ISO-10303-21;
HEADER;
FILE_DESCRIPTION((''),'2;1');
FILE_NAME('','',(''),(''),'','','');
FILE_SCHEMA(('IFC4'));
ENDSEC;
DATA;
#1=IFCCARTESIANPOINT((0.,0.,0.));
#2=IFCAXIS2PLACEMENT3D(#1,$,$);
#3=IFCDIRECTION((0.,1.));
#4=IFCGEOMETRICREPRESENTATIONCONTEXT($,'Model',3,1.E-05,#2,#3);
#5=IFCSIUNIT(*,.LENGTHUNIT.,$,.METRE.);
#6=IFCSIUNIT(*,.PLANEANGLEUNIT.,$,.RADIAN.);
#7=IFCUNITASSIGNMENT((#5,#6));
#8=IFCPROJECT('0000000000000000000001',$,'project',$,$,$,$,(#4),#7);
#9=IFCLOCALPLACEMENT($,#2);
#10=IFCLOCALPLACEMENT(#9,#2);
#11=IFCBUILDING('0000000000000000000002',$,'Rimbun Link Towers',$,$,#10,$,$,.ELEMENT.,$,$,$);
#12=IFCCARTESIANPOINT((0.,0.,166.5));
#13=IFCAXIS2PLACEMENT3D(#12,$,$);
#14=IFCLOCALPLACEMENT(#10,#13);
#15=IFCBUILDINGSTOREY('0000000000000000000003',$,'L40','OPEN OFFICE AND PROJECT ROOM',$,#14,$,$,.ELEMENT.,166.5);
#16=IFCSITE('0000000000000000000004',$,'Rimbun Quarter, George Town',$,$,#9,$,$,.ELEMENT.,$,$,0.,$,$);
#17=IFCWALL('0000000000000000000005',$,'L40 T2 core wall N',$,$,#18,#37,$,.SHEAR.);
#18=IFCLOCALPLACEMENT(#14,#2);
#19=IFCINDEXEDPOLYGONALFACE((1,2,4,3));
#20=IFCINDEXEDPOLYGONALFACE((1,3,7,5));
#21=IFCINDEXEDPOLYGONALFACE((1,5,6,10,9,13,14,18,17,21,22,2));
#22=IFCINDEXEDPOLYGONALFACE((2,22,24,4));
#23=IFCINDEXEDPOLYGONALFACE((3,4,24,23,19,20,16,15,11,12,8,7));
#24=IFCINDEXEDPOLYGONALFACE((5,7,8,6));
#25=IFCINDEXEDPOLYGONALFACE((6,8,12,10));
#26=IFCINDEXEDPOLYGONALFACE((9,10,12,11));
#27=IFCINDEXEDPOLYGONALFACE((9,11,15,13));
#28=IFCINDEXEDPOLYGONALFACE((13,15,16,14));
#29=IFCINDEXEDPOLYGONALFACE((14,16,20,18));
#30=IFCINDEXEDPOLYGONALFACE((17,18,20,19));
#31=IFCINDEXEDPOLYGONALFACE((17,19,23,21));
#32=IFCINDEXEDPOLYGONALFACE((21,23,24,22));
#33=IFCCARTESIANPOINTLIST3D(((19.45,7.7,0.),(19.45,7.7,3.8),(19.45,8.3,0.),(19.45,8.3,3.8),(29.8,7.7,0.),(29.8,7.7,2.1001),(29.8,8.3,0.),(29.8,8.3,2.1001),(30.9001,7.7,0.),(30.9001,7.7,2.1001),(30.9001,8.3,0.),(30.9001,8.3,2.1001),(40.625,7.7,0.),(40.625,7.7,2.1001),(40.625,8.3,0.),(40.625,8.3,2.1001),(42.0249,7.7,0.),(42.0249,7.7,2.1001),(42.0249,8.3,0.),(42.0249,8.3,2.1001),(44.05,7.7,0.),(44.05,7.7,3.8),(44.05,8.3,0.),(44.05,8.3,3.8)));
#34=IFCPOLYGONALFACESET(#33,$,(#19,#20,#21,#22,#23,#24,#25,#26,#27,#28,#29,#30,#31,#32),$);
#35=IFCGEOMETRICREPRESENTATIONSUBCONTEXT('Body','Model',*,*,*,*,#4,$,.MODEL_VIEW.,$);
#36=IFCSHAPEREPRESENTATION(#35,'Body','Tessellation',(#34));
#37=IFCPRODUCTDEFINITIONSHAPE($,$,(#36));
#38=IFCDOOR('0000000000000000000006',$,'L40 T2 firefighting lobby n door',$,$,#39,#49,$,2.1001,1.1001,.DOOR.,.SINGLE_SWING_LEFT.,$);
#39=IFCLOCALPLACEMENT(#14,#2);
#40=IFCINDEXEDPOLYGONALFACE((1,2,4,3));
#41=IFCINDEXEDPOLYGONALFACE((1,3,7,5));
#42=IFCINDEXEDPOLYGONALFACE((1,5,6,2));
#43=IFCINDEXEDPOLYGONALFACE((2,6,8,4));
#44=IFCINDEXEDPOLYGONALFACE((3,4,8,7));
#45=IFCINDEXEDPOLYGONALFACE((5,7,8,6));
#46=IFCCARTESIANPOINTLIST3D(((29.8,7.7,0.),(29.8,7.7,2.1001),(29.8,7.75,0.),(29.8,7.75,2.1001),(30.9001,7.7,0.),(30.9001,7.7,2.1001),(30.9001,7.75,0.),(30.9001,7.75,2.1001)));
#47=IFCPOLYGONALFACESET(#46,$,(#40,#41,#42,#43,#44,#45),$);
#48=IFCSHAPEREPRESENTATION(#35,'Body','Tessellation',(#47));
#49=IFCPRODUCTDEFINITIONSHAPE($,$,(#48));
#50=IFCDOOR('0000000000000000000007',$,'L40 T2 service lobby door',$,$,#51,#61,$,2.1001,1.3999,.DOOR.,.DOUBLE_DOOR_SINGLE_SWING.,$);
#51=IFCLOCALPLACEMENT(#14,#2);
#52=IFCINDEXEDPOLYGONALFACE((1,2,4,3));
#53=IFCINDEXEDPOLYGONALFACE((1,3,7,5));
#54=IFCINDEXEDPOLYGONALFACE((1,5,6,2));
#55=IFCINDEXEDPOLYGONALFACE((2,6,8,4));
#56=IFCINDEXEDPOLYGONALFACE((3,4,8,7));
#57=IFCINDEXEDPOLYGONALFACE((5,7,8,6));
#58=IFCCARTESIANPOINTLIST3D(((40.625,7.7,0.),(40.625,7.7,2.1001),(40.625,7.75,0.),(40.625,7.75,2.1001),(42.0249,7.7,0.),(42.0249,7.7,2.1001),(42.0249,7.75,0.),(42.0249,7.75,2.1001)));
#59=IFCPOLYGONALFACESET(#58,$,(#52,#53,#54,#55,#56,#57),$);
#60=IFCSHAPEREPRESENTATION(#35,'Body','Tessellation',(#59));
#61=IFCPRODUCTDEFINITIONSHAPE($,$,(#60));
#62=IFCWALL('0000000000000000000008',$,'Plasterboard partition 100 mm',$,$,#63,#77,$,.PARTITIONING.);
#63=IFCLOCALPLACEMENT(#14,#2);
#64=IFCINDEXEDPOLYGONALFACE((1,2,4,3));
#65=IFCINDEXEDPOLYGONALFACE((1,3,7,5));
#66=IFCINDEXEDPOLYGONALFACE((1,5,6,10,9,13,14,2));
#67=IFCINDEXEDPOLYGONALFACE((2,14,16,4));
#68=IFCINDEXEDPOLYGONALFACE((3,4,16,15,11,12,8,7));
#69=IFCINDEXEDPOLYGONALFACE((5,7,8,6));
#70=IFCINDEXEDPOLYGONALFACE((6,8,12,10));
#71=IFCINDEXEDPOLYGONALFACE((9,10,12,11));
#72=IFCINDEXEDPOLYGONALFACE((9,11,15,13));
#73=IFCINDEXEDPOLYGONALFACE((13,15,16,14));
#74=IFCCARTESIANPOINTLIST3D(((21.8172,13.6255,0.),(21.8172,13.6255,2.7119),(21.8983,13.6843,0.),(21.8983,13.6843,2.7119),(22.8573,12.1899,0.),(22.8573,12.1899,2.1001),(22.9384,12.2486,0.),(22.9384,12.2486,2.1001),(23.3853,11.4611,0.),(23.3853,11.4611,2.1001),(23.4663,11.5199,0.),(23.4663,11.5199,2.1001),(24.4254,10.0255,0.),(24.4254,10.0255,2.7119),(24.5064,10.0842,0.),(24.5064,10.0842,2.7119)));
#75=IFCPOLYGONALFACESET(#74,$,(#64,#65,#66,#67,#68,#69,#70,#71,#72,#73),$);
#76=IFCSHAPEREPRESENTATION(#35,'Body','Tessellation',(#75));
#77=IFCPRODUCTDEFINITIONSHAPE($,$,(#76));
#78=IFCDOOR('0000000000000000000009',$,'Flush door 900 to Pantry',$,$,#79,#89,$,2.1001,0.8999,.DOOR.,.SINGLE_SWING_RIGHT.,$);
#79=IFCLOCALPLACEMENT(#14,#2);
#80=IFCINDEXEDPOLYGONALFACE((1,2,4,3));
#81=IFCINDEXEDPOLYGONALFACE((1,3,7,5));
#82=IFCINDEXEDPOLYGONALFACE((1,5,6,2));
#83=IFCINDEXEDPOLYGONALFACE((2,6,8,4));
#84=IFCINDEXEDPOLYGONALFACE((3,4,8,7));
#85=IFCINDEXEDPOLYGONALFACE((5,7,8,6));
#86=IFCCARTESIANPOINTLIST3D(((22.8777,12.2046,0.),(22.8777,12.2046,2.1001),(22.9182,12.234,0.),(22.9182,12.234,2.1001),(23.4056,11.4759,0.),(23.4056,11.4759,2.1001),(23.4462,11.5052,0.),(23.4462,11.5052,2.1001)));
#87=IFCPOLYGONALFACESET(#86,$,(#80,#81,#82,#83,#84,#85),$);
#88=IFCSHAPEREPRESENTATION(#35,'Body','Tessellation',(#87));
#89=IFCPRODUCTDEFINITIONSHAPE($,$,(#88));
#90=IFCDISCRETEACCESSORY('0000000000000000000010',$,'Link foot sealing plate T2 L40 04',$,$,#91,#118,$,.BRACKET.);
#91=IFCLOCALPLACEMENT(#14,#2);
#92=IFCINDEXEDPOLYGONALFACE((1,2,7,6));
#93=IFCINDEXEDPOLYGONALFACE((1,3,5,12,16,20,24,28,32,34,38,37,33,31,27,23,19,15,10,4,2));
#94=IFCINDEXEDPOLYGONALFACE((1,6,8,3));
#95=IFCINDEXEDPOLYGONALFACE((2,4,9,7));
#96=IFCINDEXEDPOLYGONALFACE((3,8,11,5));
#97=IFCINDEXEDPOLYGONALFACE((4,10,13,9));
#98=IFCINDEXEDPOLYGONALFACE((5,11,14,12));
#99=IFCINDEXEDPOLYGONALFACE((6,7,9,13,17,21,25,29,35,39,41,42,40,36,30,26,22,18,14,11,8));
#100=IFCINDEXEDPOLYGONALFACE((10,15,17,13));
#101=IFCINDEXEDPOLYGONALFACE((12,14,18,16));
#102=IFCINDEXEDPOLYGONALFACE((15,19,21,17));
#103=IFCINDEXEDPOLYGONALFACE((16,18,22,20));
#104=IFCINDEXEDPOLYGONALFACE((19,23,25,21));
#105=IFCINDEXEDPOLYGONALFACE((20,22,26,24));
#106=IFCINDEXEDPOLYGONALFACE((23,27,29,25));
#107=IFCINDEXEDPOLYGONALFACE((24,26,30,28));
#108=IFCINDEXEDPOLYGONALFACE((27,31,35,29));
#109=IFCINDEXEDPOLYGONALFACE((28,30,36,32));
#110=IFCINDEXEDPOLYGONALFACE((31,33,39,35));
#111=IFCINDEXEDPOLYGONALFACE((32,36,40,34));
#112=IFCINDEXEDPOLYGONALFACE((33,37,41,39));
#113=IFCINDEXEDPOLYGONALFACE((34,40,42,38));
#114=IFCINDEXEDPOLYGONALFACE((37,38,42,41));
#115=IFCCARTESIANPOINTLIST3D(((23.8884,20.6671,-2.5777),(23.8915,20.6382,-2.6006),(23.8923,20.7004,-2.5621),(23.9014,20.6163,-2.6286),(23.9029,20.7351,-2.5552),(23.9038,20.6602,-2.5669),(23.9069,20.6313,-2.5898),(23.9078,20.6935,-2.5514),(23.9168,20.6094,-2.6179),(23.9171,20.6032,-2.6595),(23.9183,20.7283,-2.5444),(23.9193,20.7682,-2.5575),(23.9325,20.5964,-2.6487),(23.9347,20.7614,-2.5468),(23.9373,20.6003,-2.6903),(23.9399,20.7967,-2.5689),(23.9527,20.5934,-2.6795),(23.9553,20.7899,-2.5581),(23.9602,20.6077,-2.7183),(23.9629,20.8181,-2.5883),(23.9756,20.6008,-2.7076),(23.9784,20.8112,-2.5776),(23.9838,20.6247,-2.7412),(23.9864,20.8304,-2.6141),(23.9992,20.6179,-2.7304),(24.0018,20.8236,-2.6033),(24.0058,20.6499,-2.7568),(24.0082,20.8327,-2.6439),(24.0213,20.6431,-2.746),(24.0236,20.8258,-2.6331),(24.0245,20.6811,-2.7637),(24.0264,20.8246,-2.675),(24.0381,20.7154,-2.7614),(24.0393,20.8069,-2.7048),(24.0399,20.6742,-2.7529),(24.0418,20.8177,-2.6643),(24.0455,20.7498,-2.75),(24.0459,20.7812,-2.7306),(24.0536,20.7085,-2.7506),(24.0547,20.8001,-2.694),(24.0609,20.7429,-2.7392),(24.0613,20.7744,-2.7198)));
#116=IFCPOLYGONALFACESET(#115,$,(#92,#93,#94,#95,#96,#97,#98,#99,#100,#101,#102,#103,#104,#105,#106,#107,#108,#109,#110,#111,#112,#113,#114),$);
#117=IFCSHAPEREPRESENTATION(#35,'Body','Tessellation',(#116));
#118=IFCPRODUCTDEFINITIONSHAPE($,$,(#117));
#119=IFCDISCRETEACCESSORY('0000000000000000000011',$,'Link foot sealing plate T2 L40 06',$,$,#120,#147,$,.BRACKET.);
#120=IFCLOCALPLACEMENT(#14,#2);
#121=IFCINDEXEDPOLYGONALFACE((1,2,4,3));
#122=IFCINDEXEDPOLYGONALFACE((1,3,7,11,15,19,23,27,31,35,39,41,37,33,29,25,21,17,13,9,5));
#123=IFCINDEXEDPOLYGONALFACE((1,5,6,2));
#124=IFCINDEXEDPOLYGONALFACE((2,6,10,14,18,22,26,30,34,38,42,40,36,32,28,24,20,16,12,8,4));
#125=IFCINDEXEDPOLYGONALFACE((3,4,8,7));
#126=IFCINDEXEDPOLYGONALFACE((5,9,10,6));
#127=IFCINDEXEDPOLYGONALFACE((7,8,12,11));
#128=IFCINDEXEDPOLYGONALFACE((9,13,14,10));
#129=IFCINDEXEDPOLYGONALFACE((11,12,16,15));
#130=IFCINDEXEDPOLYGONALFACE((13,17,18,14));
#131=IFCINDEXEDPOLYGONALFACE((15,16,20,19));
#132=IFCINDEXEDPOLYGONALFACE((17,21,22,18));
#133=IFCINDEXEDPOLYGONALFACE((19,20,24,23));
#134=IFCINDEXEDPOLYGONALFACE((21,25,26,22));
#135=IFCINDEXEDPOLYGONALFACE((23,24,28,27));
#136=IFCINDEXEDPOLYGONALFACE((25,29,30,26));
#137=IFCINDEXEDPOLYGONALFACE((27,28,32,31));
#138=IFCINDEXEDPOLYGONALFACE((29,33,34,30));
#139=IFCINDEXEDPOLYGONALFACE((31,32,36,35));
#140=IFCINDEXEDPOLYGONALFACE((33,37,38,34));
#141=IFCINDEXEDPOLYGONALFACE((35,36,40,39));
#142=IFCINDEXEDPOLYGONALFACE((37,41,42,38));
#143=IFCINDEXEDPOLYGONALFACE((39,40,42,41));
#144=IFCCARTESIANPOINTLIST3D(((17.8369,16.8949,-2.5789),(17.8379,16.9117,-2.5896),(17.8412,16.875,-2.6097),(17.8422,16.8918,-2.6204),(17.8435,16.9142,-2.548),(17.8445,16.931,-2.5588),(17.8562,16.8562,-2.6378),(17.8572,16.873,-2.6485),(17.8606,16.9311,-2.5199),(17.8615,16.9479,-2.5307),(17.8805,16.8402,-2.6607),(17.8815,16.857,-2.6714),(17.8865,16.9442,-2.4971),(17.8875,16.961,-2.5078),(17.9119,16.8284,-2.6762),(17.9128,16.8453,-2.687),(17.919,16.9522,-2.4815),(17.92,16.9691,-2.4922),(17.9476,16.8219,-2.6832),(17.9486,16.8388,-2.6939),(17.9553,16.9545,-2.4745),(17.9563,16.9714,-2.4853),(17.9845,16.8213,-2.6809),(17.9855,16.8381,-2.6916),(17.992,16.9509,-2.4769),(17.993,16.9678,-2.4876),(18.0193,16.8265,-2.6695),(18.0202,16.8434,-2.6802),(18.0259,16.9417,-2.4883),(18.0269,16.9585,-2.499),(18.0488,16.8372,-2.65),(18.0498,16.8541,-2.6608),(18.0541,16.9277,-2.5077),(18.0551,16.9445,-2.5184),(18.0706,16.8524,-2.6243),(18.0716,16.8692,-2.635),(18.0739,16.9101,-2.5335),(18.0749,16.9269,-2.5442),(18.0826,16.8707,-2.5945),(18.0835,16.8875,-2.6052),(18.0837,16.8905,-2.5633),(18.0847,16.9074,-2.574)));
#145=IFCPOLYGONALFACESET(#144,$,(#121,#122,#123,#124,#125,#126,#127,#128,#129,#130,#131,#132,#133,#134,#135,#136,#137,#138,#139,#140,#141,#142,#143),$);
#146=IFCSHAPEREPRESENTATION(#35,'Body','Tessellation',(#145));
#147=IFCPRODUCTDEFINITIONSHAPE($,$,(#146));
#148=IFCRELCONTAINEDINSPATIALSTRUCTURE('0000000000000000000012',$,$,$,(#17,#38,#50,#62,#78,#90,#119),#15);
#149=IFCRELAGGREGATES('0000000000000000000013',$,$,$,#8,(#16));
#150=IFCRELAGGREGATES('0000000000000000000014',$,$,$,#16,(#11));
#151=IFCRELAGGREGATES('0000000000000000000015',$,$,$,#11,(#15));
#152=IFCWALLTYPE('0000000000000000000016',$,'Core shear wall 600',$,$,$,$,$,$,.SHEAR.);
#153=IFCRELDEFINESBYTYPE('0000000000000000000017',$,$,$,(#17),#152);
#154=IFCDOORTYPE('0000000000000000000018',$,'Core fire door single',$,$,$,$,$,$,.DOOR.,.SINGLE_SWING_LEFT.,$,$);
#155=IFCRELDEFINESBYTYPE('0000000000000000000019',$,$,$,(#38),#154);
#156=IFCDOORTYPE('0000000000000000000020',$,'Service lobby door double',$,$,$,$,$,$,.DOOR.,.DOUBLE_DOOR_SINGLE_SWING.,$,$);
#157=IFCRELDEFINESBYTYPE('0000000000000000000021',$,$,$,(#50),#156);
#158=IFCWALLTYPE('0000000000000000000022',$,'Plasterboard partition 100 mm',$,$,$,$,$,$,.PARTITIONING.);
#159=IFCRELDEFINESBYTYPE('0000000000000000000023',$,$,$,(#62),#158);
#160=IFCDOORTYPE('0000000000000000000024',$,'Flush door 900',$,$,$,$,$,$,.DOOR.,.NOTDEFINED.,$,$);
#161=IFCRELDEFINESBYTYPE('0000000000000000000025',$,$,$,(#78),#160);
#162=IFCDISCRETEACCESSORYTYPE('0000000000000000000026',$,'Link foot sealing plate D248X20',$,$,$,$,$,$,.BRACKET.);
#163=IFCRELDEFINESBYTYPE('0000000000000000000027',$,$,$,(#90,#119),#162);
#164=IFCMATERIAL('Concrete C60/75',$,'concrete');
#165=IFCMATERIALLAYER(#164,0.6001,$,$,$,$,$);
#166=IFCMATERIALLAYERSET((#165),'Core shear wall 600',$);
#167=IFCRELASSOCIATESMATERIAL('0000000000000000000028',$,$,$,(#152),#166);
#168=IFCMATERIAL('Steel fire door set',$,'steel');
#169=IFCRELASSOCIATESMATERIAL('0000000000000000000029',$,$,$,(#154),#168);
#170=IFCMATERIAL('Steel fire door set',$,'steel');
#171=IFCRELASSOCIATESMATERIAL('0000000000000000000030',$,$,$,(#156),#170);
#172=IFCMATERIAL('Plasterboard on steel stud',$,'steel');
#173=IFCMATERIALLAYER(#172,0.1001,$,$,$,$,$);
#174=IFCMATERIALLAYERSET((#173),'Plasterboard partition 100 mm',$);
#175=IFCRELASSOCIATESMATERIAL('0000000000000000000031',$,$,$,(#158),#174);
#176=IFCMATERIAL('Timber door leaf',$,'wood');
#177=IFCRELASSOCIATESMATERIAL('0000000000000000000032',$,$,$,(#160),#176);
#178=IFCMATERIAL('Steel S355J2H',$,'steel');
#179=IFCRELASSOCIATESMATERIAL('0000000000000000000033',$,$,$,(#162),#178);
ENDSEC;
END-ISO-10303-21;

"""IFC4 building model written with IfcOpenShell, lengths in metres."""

from ifc_helpers import new_model, si_unit, direction, frame, frame_2d, origin, origin_2d, place, context, subcontext, project, spatial, rectangle, circle, extrude, material, layer, layer_set, material_profile, profile_set, type_object, element, fill, save


model = new_model("IFC4")

# Units and contexts
model_context = context("Model", 3, precision=1e-05, world=origin(), true_north=direction((0.0, 1.0)))
body_context = subcontext(model_context, "Body", "Model", "MODEL_VIEW")
ifc_project = project(units=[si_unit("LENGTHUNIT", "METRE"), si_unit("PLANEANGLEUNIT", "RADIAN")], contexts=[model_context])

# Site, building, storey
site_placement = place(None, origin())
site = spatial("IfcSite", under=ifc_project, at=site_placement, Name="Rimbun Quarter, George Town", CompositionType="ELEMENT", RefElevation=0.0)
building_placement = place(site_placement, origin())
building = spatial("IfcBuilding", under=site, at=building_placement, Name="Rimbun Link Towers", CompositionType="ELEMENT")
storey_placement = place(building_placement, frame((0.0, 0.0, 166.5)))
storey = spatial("IfcBuildingStorey", under=building, at=storey_placement, Name="L40", Description="OPEN OFFICE AND PROJECT ROOM", CompositionType="ELEMENT", Elevation=166.5)

# Wall, openings, doors
ifc_material_1 = material(Name="Concrete C60/75", Category="concrete")
ifc_layer_1 = layer(ifc_material_1, 0.6001)
ifc_layer_set_1 = layer_set([ifc_layer_1], Name="Core shear wall 600")
wall_type_1 = type_object("IfcWallType", Name="Core shear wall 600", PredefinedType="SHEAR", material=ifc_layer_set_1)
wall_1_placement = place(storey_placement, frame((19.45, 8.0, 0.0), z_axis=(0.0, 0.0, 1.0), x_axis=(1.0, 0.0, 0.0)))
wall_1 = element("IfcWall", 1, at=wall_1_placement, inside=storey, type_object=wall_type_1, Name="L40 T2 core wall N", PredefinedType="SHEAR", context=body_context, shape_type="SweptSolid", body=[
    extrude(rectangle(XDim=24.6001, YDim=0.6001, at=frame_2d((12.3, 0.0))), origin(), (0.0, 0.0, 1.0), 3.8),
])
opening_1_placement = place(wall_1_placement, frame((10.3501, 0.0, 0.0)))
opening_1 = element("IfcOpeningElement", 2, at=opening_1_placement, cuts=wall_1, PredefinedType="OPENING", context=body_context, shape_type="SweptSolid", body=[
    extrude(rectangle(XDim=1.1001, YDim=2.1001, at=frame_2d((0.55, 1.05))), frame((0.0, 0.3101, 0.0), z_axis=(0.0, -1.0, 0.0), x_axis=(1.0, 0.0, 0.0)), (0.0, 0.0, 1.0), 0.6201),
])
opening_2_placement = place(wall_1_placement, frame((21.175, 0.0, 0.0)))
opening_2 = element("IfcOpeningElement", 3, at=opening_2_placement, cuts=wall_1, PredefinedType="OPENING", context=body_context, shape_type="SweptSolid", body=[
    extrude(rectangle(XDim=1.3999, YDim=2.1001, at=frame_2d((0.7, 1.05))), frame((0.0, 0.3101, 0.0), z_axis=(0.0, -1.0, 0.0), x_axis=(1.0, 0.0, 0.0)), (0.0, 0.0, 1.0), 0.6201),
])
ifc_material_2 = material(Name="Steel fire door set", Category="steel")
door_type_1 = type_object("IfcDoorType", Name="Core fire door single", OperationType="SINGLE_SWING_LEFT", PredefinedType="DOOR", material=ifc_material_2)
door_1_placement = place(opening_1_placement, origin())
door_1 = element("IfcDoor", 4, at=door_1_placement, inside=storey, type_object=door_type_1, Name="L40 T2 firefighting lobby n door", OperationType="SINGLE_SWING_LEFT", OverallHeight=2.1001, OverallWidth=1.1001, PredefinedType="DOOR", context=body_context, shape_type="SweptSolid", body=[
    extrude(rectangle(XDim=1.1001, YDim=2.1001, at=frame_2d((0.55, 1.05))), frame((0.0, -0.25, 0.0), z_axis=(0.0, -1.0, 0.0), x_axis=(1.0, 0.0, 0.0)), (0.0, 0.0, 1.0), 0.05),
])
fill(opening_1, door_1)
ifc_material_3 = material(Name="Steel fire door set", Category="steel")
door_type_2 = type_object("IfcDoorType", Name="Service lobby door double", OperationType="DOUBLE_DOOR_SINGLE_SWING", PredefinedType="DOOR", material=ifc_material_3)
door_2_placement = place(opening_2_placement, origin())
door_2 = element("IfcDoor", 5, at=door_2_placement, inside=storey, type_object=door_type_2, Name="L40 T2 service lobby door", OperationType="DOUBLE_DOOR_SINGLE_SWING", OverallHeight=2.1001, OverallWidth=1.3999, PredefinedType="DOOR", context=body_context, shape_type="SweptSolid", body=[
    extrude(rectangle(XDim=1.3999, YDim=2.1001, at=frame_2d((0.7, 1.05))), frame((0.0, -0.25, 0.0), z_axis=(0.0, -1.0, 0.0), x_axis=(1.0, 0.0, 0.0)), (0.0, 0.0, 1.0), 0.05),
])
fill(opening_2, door_2)

# Wall, opening, door
ifc_material_4 = material(Name="Plasterboard on steel stud", Category="steel")
ifc_layer_2 = layer(ifc_material_4, 0.1001)
ifc_layer_set_2 = layer_set([ifc_layer_2], Name="Plasterboard partition 100 mm")
wall_type_2 = type_object("IfcWallType", Name="Plasterboard partition 100 mm", PredefinedType="PARTITIONING", material=ifc_layer_set_2)
wall_2_placement = place(storey_placement, frame((24.4658, 10.0549, 0.0), z_axis=(0.0, 0.0, 1.0), x_axis=(-0.586685, 0.809815, 0.0)))
wall_2 = element("IfcWall", 6, at=wall_2_placement, inside=storey, type_object=wall_type_2, Name="Plasterboard partition 100 mm", PredefinedType="PARTITIONING", context=body_context, shape_type="SweptSolid", body=[
    extrude(rectangle(XDim=4.4456, YDim=0.1001, at=frame_2d((2.2227, 0.0))), origin(), (0.0, 0.0, 1.0), 2.7119),
])
opening_3_placement = place(wall_2_placement, frame((1.7727, 0.0, 0.0)))
opening_3 = element("IfcOpeningElement", 7, at=opening_3_placement, cuts=wall_2, PredefinedType="OPENING", context=body_context, shape_type="SweptSolid", body=[
    extrude(rectangle(XDim=0.8999, YDim=2.1001, at=frame_2d((0.45, 1.05))), frame((0.0, 0.0601, 0.0), z_axis=(0.0, -1.0, 0.0), x_axis=(1.0, 0.0, 0.0)), (0.0, 0.0, 1.0), 0.1201),
])
ifc_material_5 = material(Name="Timber door leaf", Category="wood")
door_type_3 = type_object("IfcDoorType", Name="Flush door 900", OperationType="NOTDEFINED", PredefinedType="DOOR", material=ifc_material_5)
door_3_placement = place(opening_3_placement, origin())
door_3 = element("IfcDoor", 8, at=door_3_placement, inside=storey, type_object=door_type_3, Name="Flush door 900 to Pantry", OperationType="SINGLE_SWING_RIGHT", OverallHeight=2.1001, OverallWidth=0.8999, PredefinedType="DOOR", context=body_context, shape_type="SweptSolid", body=[
    extrude(rectangle(XDim=0.8999, YDim=2.1001, at=frame_2d((0.45, 1.05))), frame((0.0, 0.0249, 0.0), z_axis=(0.0, -1.0, 0.0), x_axis=(1.0, 0.0, 0.0)), (0.0, 0.0, 1.0), 0.05),
])
fill(opening_3, door_3)

# Discrete accessories
ifc_material_6 = material(Name="Steel S355J2H", Category="steel")
ifc_material_profile_1 = material_profile(ifc_material_6, circle(Radius=0.124, at=origin_2d()), Name="PL D248")
ifc_profile_set_1 = profile_set([ifc_material_profile_1], Name="Steel S355J2H")
discrete_accessory_type = type_object("IfcDiscreteAccessoryType", Name="Link foot sealing plate D248X20", PredefinedType="BRACKET", material=ifc_profile_set_1)
for number, where, z_axis, x_axis, name in (
    (9, (23.9829, 20.7097, -2.6487), (-0.7703, 0.342356, -0.537987), (-0.406138, -0.913812, 0.0), "Link foot sealing plate T2 L40 04"),
    (10, (17.9607, 16.8877, -2.5789), (0.04882, 0.842153, -0.537025), (-0.998324, 0.057874, 0.0), "Link foot sealing plate T2 L40 06"),
):
    element("IfcDiscreteAccessory", number, at=place(storey_placement, frame(where, z_axis=z_axis, x_axis=x_axis)), inside=storey, type_object=discrete_accessory_type, Name=name, PredefinedType="BRACKET", context=body_context, shape_type="SweptSolid", body=[
        extrude(circle(Radius=0.124, at=origin_2d()), origin(), (0.0, 0.0, 1.0), 0.02),
    ])

save(model, "model.ifc")
